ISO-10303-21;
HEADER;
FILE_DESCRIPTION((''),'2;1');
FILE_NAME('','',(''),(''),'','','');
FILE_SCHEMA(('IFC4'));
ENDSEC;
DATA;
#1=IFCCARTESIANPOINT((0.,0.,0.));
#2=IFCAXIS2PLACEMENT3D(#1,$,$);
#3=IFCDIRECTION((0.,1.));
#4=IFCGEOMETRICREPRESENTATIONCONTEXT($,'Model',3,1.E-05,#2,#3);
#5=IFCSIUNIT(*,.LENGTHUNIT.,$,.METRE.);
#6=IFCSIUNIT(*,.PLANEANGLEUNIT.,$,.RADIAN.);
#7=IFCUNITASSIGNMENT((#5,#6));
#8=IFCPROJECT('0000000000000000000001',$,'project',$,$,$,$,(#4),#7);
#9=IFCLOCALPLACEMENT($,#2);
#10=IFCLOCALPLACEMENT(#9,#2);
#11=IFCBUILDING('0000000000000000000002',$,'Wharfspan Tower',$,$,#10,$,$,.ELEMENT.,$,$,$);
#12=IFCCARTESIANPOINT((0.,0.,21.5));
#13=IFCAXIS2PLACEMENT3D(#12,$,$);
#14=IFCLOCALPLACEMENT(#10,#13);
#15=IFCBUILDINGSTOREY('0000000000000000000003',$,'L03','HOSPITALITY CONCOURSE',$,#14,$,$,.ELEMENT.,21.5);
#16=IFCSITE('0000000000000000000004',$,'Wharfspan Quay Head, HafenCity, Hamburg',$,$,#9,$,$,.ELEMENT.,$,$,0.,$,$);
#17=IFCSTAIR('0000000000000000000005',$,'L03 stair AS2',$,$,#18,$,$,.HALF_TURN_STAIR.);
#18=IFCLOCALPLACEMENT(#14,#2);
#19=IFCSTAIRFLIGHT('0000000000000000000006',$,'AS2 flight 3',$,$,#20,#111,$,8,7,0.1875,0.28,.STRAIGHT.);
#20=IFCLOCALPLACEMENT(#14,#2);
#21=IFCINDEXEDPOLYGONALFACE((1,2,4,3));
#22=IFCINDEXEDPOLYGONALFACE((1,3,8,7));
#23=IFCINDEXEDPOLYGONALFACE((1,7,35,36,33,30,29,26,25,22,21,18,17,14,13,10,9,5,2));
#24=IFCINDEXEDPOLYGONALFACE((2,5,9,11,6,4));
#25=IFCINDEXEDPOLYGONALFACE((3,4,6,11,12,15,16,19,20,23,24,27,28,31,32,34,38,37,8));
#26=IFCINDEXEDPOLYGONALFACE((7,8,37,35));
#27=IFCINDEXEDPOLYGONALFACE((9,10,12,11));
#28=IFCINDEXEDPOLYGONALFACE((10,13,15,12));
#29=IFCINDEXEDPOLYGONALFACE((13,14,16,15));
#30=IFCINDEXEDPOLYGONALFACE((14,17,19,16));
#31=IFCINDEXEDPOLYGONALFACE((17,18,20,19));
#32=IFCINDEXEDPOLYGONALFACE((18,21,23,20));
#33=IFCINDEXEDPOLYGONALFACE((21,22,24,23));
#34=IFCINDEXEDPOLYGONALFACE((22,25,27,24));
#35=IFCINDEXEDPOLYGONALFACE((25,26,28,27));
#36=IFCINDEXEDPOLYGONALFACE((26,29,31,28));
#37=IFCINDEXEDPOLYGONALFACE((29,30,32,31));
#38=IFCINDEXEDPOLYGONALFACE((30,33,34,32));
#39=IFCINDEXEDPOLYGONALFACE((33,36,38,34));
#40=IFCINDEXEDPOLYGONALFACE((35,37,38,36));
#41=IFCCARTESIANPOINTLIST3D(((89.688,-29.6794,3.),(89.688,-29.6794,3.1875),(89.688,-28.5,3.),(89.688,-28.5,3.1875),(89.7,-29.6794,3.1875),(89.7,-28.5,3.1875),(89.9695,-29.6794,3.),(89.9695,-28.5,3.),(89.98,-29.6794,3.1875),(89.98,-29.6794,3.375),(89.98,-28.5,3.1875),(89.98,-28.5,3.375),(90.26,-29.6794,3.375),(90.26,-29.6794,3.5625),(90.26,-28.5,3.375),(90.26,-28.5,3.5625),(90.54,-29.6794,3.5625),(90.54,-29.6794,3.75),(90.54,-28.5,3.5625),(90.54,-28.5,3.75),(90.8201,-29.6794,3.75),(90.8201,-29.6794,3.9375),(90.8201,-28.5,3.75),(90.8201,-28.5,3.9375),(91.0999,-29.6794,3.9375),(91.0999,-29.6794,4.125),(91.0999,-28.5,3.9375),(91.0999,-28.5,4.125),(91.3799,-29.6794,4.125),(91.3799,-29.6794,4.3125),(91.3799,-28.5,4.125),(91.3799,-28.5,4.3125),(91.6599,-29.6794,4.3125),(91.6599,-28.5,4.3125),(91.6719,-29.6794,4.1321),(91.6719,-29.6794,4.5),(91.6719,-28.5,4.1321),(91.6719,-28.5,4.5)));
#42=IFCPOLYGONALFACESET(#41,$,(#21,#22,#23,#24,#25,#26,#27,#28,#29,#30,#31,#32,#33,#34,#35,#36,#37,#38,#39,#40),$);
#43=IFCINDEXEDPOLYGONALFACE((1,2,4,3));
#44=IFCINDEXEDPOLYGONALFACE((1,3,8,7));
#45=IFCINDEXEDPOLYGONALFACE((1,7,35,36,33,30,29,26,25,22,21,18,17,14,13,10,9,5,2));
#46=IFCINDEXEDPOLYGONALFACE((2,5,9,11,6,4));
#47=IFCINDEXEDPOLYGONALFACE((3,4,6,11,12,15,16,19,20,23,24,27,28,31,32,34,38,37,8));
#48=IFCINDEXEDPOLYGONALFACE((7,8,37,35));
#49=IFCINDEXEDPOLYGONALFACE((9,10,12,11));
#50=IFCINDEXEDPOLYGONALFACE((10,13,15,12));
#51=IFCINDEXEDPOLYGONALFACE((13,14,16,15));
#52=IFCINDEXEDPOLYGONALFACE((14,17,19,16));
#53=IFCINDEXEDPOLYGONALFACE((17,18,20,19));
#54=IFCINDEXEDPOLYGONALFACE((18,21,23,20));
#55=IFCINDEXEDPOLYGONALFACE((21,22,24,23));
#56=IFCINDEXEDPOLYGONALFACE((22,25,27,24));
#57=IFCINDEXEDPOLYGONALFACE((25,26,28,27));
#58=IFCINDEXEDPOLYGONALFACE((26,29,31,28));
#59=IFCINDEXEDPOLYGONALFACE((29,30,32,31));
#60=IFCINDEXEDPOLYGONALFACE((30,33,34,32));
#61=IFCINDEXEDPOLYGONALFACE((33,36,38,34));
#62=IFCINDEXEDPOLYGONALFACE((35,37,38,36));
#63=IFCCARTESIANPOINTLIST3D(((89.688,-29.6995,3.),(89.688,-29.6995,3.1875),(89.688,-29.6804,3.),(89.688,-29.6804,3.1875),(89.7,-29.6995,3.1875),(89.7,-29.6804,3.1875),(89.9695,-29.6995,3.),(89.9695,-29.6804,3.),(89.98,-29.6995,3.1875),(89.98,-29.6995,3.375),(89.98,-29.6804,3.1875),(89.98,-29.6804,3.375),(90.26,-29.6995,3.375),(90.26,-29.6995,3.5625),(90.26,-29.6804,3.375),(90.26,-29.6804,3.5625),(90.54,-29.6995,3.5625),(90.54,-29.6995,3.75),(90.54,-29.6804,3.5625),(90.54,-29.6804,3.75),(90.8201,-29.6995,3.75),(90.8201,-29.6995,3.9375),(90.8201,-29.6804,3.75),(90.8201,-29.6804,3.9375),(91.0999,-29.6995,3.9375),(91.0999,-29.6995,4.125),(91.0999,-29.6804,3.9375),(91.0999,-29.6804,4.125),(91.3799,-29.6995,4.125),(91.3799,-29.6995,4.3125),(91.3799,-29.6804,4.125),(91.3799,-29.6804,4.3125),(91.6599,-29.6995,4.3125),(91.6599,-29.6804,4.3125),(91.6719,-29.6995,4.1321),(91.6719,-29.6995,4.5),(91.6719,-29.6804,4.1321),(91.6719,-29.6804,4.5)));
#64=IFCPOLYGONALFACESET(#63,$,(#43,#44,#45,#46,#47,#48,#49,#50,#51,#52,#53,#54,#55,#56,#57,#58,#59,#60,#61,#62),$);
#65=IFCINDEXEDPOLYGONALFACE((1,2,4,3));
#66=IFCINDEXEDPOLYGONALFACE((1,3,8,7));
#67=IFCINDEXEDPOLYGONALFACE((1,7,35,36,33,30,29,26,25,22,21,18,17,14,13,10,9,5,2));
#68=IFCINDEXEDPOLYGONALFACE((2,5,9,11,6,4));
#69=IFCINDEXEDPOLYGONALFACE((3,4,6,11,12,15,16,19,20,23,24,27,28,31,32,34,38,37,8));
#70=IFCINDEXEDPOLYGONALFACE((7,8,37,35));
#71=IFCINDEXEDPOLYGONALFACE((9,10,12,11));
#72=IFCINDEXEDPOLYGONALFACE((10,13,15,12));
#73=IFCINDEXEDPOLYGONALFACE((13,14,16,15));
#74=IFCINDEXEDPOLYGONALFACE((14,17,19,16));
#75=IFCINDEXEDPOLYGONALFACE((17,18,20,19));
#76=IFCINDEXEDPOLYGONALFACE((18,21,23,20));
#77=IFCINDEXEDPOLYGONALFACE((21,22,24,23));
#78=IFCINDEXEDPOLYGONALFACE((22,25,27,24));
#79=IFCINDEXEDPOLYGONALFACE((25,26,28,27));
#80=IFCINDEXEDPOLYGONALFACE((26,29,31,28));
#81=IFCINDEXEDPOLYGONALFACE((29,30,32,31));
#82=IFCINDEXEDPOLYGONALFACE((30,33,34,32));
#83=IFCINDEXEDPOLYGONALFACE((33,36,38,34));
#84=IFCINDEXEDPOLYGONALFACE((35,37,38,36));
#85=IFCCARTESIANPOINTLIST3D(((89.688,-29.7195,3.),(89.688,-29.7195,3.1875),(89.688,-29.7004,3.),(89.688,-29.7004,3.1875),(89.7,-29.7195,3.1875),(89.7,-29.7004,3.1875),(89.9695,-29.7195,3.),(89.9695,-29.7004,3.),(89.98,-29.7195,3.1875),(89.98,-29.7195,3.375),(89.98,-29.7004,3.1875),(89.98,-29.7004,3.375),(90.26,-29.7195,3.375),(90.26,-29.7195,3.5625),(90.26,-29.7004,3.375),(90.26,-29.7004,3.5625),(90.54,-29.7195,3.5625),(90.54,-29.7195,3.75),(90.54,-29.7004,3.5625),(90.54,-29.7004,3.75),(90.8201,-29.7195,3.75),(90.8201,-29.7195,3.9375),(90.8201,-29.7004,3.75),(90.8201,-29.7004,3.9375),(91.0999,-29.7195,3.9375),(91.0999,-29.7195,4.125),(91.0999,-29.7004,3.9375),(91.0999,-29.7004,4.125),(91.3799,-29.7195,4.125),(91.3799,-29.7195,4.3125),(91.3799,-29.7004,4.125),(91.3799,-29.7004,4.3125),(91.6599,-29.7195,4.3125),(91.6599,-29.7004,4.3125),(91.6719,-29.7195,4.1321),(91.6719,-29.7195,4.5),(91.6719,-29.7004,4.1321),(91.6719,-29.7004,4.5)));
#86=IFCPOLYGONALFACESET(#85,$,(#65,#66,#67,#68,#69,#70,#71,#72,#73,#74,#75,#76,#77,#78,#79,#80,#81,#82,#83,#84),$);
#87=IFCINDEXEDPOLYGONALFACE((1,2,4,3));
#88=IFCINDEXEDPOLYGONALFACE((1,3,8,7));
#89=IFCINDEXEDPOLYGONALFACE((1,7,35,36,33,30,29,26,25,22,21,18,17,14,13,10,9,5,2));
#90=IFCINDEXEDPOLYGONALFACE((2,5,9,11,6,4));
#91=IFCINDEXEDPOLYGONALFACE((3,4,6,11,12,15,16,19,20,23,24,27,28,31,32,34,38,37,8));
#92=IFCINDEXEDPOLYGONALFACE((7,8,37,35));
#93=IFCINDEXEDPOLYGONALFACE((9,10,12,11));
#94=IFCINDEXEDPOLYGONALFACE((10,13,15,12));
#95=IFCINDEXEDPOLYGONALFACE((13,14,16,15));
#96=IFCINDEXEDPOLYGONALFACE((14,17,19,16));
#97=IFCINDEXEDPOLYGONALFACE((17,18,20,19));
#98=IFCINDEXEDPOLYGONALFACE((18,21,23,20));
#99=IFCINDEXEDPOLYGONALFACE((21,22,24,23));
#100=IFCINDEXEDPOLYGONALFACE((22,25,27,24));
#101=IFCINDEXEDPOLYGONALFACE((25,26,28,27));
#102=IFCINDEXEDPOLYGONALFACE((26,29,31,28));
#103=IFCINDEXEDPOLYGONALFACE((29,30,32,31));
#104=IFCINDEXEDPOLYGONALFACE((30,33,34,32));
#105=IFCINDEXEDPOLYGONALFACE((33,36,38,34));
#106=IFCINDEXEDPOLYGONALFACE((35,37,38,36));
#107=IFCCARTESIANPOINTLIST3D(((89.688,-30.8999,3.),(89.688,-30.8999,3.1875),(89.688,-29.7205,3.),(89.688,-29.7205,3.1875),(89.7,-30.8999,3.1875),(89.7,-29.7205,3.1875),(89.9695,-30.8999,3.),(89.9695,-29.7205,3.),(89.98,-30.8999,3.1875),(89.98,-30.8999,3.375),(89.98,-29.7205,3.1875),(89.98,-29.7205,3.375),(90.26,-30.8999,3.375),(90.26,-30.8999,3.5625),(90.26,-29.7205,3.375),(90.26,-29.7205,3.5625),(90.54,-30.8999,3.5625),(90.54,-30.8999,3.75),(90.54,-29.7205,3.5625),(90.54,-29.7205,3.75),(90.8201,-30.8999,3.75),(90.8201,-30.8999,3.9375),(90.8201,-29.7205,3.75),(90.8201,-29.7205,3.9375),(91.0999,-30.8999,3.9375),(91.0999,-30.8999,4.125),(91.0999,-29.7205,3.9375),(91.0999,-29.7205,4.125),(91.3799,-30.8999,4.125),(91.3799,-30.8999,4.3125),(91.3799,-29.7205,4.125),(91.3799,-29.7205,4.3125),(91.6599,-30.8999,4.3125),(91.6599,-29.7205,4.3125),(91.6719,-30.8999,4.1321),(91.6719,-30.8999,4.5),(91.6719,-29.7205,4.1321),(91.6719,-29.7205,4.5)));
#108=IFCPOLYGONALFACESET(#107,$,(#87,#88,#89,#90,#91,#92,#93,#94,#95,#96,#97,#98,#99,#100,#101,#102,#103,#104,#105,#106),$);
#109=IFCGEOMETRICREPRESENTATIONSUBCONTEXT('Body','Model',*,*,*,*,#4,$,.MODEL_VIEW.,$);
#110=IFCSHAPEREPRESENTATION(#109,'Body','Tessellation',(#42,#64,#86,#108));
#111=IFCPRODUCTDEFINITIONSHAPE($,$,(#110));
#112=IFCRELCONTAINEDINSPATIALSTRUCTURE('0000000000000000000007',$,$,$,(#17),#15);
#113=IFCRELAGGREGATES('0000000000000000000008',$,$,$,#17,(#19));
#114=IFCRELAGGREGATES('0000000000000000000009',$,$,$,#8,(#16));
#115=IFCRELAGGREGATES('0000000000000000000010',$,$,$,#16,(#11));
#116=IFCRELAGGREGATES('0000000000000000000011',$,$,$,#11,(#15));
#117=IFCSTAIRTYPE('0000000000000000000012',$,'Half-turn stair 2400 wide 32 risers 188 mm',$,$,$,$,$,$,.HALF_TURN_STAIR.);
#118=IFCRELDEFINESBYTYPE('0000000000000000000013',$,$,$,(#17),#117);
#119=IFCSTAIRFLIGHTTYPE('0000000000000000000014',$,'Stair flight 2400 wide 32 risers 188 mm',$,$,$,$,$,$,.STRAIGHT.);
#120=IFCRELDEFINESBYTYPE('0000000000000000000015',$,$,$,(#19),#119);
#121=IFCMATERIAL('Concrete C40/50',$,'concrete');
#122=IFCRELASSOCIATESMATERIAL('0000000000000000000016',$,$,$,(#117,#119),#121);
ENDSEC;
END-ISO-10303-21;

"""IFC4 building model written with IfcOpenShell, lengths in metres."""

from ifc_helpers import new_model, si_unit, direction, frame, origin, place, context, subcontext, project, spatial, polyline, outline, extrude, material, type_object, element, aggregate, save


model = new_model("IFC4")

# Units and contexts
model_context = context("Model", 3, precision=1e-05, world=origin(), true_north=direction((0.0, 1.0)))
body_context = subcontext(model_context, "Body", "Model", "MODEL_VIEW")
ifc_project = project(units=[si_unit("LENGTHUNIT", "METRE"), si_unit("PLANEANGLEUNIT", "RADIAN")], contexts=[model_context])

# Site, building, storey
site_placement = place(None, origin())
site = spatial("IfcSite", under=ifc_project, at=site_placement, Name="Wharfspan Quay Head, HafenCity, Hamburg", CompositionType="ELEMENT", RefElevation=0.0)
building_placement = place(site_placement, origin())
building = spatial("IfcBuilding", under=site, at=building_placement, Name="Wharfspan Tower", CompositionType="ELEMENT")
storey_placement = place(building_placement, frame((0.0, 0.0, 21.5)))
storey = spatial("IfcBuildingStorey", under=building, at=storey_placement, Name="L03", Description="HOSPITALITY CONCOURSE", CompositionType="ELEMENT", Elevation=21.5)

# Shared definitions
ifc_material_1 = material(Name="Concrete C40/50", Category="concrete")

# Stair, stair flight
stair_type = type_object("IfcStairType", Name="Half-turn stair 2400 wide 32 risers 188 mm", PredefinedType="HALF_TURN_STAIR", material=ifc_material_1)
stair_placement = place(storey_placement, origin())
stair = element("IfcStair", 1, at=stair_placement, inside=storey, type_object=stair_type, Name="L03 stair AS2", PredefinedType="HALF_TURN_STAIR")
stair_flight_type = type_object("IfcStairFlightType", Name="Stair flight 2400 wide 32 risers 188 mm", PredefinedType="STRAIGHT", material=ifc_material_1)
stair_flight_1_placement = place(storey_placement, frame((89.7, -29.7, 3.0), z_axis=(0.0, 0.0, 1.0), x_axis=(1.0, 0.0, 0.0)))
stair_flight_1 = element("IfcStairFlight", 2, at=stair_flight_1_placement, type_object=stair_flight_type, Name="AS2 flight 3", NumberOfRisers=8, NumberOfTreads=7, PredefinedType="STRAIGHT", RiserHeight=0.1875, TreadLength=0.28, context=body_context, shape_type="SweptSolid", body=[
    extrude(outline(polyline([(-0.012, 0.0), (-0.012, 0.1875), (0.0, 0.1875), (0.28, 0.1875), (0.28, 0.375), (0.5601, 0.375), (0.5601, 0.5625), (0.8401, 0.5625), (0.8401, 0.75), (1.1201, 0.75), (1.1201, 0.9375), (1.3999, 0.9375), (1.3999, 1.125), (1.6799, 1.125), (1.6799, 1.3125), (1.96, 1.3125), (1.9719, 1.5), (1.9719, 1.1321), (0.2695, 0.0), (-0.012, 0.0)])), frame((0.0, 1.2, 0.0), z_axis=(0.0, -1.0, 0.0), x_axis=(1.0, 0.0, 0.0)), (0.0, 0.0, 1.0), 1.1794),
    extrude(outline(polyline([(-0.012, 0.0), (-0.012, 0.1875), (0.0, 0.1875), (0.28, 0.1875), (0.28, 0.375), (0.5601, 0.375), (0.5601, 0.5625), (0.8401, 0.5625), (0.8401, 0.75), (1.1201, 0.75), (1.1201, 0.9375), (1.3999, 0.9375), (1.3999, 1.125), (1.6799, 1.125), (1.6799, 1.3125), (1.96, 1.3125), (1.9719, 1.5), (1.9719, 1.1321), (0.2695, 0.0), (-0.012, 0.0)])), frame((0.0, 0.0195, 0.0), z_axis=(0.0, -1.0, 0.0), x_axis=(1.0, 0.0, 0.0)), (0.0, 0.0, 1.0), 0.019),
    extrude(outline(polyline([(-0.012, 0.0), (-0.012, 0.1875), (0.0, 0.1875), (0.28, 0.1875), (0.28, 0.375), (0.5601, 0.375), (0.5601, 0.5625), (0.8401, 0.5625), (0.8401, 0.75), (1.1201, 0.75), (1.1201, 0.9375), (1.3999, 0.9375), (1.3999, 1.125), (1.6799, 1.125), (1.6799, 1.3125), (1.96, 1.3125), (1.9719, 1.5), (1.9719, 1.1321), (0.2695, 0.0), (-0.012, 0.0)])), frame((0.0, -0.0005, 0.0), z_axis=(0.0, -1.0, 0.0), x_axis=(1.0, 0.0, 0.0)), (0.0, 0.0, 1.0), 0.019),
    extrude(outline(polyline([(-0.012, 0.0), (-0.012, 0.1875), (0.0, 0.1875), (0.28, 0.1875), (0.28, 0.375), (0.5601, 0.375), (0.5601, 0.5625), (0.8401, 0.5625), (0.8401, 0.75), (1.1201, 0.75), (1.1201, 0.9375), (1.3999, 0.9375), (1.3999, 1.125), (1.6799, 1.125), (1.6799, 1.3125), (1.96, 1.3125), (1.9719, 1.5), (1.9719, 1.1321), (0.2695, 0.0), (-0.012, 0.0)])), frame((0.0, -0.0205, 0.0), z_axis=(0.0, -1.0, 0.0), x_axis=(1.0, 0.0, 0.0)), (0.0, 0.0, 1.0), 1.1794),
])
aggregate(stair, [stair_flight_1])

save(model, "model.ifc")
